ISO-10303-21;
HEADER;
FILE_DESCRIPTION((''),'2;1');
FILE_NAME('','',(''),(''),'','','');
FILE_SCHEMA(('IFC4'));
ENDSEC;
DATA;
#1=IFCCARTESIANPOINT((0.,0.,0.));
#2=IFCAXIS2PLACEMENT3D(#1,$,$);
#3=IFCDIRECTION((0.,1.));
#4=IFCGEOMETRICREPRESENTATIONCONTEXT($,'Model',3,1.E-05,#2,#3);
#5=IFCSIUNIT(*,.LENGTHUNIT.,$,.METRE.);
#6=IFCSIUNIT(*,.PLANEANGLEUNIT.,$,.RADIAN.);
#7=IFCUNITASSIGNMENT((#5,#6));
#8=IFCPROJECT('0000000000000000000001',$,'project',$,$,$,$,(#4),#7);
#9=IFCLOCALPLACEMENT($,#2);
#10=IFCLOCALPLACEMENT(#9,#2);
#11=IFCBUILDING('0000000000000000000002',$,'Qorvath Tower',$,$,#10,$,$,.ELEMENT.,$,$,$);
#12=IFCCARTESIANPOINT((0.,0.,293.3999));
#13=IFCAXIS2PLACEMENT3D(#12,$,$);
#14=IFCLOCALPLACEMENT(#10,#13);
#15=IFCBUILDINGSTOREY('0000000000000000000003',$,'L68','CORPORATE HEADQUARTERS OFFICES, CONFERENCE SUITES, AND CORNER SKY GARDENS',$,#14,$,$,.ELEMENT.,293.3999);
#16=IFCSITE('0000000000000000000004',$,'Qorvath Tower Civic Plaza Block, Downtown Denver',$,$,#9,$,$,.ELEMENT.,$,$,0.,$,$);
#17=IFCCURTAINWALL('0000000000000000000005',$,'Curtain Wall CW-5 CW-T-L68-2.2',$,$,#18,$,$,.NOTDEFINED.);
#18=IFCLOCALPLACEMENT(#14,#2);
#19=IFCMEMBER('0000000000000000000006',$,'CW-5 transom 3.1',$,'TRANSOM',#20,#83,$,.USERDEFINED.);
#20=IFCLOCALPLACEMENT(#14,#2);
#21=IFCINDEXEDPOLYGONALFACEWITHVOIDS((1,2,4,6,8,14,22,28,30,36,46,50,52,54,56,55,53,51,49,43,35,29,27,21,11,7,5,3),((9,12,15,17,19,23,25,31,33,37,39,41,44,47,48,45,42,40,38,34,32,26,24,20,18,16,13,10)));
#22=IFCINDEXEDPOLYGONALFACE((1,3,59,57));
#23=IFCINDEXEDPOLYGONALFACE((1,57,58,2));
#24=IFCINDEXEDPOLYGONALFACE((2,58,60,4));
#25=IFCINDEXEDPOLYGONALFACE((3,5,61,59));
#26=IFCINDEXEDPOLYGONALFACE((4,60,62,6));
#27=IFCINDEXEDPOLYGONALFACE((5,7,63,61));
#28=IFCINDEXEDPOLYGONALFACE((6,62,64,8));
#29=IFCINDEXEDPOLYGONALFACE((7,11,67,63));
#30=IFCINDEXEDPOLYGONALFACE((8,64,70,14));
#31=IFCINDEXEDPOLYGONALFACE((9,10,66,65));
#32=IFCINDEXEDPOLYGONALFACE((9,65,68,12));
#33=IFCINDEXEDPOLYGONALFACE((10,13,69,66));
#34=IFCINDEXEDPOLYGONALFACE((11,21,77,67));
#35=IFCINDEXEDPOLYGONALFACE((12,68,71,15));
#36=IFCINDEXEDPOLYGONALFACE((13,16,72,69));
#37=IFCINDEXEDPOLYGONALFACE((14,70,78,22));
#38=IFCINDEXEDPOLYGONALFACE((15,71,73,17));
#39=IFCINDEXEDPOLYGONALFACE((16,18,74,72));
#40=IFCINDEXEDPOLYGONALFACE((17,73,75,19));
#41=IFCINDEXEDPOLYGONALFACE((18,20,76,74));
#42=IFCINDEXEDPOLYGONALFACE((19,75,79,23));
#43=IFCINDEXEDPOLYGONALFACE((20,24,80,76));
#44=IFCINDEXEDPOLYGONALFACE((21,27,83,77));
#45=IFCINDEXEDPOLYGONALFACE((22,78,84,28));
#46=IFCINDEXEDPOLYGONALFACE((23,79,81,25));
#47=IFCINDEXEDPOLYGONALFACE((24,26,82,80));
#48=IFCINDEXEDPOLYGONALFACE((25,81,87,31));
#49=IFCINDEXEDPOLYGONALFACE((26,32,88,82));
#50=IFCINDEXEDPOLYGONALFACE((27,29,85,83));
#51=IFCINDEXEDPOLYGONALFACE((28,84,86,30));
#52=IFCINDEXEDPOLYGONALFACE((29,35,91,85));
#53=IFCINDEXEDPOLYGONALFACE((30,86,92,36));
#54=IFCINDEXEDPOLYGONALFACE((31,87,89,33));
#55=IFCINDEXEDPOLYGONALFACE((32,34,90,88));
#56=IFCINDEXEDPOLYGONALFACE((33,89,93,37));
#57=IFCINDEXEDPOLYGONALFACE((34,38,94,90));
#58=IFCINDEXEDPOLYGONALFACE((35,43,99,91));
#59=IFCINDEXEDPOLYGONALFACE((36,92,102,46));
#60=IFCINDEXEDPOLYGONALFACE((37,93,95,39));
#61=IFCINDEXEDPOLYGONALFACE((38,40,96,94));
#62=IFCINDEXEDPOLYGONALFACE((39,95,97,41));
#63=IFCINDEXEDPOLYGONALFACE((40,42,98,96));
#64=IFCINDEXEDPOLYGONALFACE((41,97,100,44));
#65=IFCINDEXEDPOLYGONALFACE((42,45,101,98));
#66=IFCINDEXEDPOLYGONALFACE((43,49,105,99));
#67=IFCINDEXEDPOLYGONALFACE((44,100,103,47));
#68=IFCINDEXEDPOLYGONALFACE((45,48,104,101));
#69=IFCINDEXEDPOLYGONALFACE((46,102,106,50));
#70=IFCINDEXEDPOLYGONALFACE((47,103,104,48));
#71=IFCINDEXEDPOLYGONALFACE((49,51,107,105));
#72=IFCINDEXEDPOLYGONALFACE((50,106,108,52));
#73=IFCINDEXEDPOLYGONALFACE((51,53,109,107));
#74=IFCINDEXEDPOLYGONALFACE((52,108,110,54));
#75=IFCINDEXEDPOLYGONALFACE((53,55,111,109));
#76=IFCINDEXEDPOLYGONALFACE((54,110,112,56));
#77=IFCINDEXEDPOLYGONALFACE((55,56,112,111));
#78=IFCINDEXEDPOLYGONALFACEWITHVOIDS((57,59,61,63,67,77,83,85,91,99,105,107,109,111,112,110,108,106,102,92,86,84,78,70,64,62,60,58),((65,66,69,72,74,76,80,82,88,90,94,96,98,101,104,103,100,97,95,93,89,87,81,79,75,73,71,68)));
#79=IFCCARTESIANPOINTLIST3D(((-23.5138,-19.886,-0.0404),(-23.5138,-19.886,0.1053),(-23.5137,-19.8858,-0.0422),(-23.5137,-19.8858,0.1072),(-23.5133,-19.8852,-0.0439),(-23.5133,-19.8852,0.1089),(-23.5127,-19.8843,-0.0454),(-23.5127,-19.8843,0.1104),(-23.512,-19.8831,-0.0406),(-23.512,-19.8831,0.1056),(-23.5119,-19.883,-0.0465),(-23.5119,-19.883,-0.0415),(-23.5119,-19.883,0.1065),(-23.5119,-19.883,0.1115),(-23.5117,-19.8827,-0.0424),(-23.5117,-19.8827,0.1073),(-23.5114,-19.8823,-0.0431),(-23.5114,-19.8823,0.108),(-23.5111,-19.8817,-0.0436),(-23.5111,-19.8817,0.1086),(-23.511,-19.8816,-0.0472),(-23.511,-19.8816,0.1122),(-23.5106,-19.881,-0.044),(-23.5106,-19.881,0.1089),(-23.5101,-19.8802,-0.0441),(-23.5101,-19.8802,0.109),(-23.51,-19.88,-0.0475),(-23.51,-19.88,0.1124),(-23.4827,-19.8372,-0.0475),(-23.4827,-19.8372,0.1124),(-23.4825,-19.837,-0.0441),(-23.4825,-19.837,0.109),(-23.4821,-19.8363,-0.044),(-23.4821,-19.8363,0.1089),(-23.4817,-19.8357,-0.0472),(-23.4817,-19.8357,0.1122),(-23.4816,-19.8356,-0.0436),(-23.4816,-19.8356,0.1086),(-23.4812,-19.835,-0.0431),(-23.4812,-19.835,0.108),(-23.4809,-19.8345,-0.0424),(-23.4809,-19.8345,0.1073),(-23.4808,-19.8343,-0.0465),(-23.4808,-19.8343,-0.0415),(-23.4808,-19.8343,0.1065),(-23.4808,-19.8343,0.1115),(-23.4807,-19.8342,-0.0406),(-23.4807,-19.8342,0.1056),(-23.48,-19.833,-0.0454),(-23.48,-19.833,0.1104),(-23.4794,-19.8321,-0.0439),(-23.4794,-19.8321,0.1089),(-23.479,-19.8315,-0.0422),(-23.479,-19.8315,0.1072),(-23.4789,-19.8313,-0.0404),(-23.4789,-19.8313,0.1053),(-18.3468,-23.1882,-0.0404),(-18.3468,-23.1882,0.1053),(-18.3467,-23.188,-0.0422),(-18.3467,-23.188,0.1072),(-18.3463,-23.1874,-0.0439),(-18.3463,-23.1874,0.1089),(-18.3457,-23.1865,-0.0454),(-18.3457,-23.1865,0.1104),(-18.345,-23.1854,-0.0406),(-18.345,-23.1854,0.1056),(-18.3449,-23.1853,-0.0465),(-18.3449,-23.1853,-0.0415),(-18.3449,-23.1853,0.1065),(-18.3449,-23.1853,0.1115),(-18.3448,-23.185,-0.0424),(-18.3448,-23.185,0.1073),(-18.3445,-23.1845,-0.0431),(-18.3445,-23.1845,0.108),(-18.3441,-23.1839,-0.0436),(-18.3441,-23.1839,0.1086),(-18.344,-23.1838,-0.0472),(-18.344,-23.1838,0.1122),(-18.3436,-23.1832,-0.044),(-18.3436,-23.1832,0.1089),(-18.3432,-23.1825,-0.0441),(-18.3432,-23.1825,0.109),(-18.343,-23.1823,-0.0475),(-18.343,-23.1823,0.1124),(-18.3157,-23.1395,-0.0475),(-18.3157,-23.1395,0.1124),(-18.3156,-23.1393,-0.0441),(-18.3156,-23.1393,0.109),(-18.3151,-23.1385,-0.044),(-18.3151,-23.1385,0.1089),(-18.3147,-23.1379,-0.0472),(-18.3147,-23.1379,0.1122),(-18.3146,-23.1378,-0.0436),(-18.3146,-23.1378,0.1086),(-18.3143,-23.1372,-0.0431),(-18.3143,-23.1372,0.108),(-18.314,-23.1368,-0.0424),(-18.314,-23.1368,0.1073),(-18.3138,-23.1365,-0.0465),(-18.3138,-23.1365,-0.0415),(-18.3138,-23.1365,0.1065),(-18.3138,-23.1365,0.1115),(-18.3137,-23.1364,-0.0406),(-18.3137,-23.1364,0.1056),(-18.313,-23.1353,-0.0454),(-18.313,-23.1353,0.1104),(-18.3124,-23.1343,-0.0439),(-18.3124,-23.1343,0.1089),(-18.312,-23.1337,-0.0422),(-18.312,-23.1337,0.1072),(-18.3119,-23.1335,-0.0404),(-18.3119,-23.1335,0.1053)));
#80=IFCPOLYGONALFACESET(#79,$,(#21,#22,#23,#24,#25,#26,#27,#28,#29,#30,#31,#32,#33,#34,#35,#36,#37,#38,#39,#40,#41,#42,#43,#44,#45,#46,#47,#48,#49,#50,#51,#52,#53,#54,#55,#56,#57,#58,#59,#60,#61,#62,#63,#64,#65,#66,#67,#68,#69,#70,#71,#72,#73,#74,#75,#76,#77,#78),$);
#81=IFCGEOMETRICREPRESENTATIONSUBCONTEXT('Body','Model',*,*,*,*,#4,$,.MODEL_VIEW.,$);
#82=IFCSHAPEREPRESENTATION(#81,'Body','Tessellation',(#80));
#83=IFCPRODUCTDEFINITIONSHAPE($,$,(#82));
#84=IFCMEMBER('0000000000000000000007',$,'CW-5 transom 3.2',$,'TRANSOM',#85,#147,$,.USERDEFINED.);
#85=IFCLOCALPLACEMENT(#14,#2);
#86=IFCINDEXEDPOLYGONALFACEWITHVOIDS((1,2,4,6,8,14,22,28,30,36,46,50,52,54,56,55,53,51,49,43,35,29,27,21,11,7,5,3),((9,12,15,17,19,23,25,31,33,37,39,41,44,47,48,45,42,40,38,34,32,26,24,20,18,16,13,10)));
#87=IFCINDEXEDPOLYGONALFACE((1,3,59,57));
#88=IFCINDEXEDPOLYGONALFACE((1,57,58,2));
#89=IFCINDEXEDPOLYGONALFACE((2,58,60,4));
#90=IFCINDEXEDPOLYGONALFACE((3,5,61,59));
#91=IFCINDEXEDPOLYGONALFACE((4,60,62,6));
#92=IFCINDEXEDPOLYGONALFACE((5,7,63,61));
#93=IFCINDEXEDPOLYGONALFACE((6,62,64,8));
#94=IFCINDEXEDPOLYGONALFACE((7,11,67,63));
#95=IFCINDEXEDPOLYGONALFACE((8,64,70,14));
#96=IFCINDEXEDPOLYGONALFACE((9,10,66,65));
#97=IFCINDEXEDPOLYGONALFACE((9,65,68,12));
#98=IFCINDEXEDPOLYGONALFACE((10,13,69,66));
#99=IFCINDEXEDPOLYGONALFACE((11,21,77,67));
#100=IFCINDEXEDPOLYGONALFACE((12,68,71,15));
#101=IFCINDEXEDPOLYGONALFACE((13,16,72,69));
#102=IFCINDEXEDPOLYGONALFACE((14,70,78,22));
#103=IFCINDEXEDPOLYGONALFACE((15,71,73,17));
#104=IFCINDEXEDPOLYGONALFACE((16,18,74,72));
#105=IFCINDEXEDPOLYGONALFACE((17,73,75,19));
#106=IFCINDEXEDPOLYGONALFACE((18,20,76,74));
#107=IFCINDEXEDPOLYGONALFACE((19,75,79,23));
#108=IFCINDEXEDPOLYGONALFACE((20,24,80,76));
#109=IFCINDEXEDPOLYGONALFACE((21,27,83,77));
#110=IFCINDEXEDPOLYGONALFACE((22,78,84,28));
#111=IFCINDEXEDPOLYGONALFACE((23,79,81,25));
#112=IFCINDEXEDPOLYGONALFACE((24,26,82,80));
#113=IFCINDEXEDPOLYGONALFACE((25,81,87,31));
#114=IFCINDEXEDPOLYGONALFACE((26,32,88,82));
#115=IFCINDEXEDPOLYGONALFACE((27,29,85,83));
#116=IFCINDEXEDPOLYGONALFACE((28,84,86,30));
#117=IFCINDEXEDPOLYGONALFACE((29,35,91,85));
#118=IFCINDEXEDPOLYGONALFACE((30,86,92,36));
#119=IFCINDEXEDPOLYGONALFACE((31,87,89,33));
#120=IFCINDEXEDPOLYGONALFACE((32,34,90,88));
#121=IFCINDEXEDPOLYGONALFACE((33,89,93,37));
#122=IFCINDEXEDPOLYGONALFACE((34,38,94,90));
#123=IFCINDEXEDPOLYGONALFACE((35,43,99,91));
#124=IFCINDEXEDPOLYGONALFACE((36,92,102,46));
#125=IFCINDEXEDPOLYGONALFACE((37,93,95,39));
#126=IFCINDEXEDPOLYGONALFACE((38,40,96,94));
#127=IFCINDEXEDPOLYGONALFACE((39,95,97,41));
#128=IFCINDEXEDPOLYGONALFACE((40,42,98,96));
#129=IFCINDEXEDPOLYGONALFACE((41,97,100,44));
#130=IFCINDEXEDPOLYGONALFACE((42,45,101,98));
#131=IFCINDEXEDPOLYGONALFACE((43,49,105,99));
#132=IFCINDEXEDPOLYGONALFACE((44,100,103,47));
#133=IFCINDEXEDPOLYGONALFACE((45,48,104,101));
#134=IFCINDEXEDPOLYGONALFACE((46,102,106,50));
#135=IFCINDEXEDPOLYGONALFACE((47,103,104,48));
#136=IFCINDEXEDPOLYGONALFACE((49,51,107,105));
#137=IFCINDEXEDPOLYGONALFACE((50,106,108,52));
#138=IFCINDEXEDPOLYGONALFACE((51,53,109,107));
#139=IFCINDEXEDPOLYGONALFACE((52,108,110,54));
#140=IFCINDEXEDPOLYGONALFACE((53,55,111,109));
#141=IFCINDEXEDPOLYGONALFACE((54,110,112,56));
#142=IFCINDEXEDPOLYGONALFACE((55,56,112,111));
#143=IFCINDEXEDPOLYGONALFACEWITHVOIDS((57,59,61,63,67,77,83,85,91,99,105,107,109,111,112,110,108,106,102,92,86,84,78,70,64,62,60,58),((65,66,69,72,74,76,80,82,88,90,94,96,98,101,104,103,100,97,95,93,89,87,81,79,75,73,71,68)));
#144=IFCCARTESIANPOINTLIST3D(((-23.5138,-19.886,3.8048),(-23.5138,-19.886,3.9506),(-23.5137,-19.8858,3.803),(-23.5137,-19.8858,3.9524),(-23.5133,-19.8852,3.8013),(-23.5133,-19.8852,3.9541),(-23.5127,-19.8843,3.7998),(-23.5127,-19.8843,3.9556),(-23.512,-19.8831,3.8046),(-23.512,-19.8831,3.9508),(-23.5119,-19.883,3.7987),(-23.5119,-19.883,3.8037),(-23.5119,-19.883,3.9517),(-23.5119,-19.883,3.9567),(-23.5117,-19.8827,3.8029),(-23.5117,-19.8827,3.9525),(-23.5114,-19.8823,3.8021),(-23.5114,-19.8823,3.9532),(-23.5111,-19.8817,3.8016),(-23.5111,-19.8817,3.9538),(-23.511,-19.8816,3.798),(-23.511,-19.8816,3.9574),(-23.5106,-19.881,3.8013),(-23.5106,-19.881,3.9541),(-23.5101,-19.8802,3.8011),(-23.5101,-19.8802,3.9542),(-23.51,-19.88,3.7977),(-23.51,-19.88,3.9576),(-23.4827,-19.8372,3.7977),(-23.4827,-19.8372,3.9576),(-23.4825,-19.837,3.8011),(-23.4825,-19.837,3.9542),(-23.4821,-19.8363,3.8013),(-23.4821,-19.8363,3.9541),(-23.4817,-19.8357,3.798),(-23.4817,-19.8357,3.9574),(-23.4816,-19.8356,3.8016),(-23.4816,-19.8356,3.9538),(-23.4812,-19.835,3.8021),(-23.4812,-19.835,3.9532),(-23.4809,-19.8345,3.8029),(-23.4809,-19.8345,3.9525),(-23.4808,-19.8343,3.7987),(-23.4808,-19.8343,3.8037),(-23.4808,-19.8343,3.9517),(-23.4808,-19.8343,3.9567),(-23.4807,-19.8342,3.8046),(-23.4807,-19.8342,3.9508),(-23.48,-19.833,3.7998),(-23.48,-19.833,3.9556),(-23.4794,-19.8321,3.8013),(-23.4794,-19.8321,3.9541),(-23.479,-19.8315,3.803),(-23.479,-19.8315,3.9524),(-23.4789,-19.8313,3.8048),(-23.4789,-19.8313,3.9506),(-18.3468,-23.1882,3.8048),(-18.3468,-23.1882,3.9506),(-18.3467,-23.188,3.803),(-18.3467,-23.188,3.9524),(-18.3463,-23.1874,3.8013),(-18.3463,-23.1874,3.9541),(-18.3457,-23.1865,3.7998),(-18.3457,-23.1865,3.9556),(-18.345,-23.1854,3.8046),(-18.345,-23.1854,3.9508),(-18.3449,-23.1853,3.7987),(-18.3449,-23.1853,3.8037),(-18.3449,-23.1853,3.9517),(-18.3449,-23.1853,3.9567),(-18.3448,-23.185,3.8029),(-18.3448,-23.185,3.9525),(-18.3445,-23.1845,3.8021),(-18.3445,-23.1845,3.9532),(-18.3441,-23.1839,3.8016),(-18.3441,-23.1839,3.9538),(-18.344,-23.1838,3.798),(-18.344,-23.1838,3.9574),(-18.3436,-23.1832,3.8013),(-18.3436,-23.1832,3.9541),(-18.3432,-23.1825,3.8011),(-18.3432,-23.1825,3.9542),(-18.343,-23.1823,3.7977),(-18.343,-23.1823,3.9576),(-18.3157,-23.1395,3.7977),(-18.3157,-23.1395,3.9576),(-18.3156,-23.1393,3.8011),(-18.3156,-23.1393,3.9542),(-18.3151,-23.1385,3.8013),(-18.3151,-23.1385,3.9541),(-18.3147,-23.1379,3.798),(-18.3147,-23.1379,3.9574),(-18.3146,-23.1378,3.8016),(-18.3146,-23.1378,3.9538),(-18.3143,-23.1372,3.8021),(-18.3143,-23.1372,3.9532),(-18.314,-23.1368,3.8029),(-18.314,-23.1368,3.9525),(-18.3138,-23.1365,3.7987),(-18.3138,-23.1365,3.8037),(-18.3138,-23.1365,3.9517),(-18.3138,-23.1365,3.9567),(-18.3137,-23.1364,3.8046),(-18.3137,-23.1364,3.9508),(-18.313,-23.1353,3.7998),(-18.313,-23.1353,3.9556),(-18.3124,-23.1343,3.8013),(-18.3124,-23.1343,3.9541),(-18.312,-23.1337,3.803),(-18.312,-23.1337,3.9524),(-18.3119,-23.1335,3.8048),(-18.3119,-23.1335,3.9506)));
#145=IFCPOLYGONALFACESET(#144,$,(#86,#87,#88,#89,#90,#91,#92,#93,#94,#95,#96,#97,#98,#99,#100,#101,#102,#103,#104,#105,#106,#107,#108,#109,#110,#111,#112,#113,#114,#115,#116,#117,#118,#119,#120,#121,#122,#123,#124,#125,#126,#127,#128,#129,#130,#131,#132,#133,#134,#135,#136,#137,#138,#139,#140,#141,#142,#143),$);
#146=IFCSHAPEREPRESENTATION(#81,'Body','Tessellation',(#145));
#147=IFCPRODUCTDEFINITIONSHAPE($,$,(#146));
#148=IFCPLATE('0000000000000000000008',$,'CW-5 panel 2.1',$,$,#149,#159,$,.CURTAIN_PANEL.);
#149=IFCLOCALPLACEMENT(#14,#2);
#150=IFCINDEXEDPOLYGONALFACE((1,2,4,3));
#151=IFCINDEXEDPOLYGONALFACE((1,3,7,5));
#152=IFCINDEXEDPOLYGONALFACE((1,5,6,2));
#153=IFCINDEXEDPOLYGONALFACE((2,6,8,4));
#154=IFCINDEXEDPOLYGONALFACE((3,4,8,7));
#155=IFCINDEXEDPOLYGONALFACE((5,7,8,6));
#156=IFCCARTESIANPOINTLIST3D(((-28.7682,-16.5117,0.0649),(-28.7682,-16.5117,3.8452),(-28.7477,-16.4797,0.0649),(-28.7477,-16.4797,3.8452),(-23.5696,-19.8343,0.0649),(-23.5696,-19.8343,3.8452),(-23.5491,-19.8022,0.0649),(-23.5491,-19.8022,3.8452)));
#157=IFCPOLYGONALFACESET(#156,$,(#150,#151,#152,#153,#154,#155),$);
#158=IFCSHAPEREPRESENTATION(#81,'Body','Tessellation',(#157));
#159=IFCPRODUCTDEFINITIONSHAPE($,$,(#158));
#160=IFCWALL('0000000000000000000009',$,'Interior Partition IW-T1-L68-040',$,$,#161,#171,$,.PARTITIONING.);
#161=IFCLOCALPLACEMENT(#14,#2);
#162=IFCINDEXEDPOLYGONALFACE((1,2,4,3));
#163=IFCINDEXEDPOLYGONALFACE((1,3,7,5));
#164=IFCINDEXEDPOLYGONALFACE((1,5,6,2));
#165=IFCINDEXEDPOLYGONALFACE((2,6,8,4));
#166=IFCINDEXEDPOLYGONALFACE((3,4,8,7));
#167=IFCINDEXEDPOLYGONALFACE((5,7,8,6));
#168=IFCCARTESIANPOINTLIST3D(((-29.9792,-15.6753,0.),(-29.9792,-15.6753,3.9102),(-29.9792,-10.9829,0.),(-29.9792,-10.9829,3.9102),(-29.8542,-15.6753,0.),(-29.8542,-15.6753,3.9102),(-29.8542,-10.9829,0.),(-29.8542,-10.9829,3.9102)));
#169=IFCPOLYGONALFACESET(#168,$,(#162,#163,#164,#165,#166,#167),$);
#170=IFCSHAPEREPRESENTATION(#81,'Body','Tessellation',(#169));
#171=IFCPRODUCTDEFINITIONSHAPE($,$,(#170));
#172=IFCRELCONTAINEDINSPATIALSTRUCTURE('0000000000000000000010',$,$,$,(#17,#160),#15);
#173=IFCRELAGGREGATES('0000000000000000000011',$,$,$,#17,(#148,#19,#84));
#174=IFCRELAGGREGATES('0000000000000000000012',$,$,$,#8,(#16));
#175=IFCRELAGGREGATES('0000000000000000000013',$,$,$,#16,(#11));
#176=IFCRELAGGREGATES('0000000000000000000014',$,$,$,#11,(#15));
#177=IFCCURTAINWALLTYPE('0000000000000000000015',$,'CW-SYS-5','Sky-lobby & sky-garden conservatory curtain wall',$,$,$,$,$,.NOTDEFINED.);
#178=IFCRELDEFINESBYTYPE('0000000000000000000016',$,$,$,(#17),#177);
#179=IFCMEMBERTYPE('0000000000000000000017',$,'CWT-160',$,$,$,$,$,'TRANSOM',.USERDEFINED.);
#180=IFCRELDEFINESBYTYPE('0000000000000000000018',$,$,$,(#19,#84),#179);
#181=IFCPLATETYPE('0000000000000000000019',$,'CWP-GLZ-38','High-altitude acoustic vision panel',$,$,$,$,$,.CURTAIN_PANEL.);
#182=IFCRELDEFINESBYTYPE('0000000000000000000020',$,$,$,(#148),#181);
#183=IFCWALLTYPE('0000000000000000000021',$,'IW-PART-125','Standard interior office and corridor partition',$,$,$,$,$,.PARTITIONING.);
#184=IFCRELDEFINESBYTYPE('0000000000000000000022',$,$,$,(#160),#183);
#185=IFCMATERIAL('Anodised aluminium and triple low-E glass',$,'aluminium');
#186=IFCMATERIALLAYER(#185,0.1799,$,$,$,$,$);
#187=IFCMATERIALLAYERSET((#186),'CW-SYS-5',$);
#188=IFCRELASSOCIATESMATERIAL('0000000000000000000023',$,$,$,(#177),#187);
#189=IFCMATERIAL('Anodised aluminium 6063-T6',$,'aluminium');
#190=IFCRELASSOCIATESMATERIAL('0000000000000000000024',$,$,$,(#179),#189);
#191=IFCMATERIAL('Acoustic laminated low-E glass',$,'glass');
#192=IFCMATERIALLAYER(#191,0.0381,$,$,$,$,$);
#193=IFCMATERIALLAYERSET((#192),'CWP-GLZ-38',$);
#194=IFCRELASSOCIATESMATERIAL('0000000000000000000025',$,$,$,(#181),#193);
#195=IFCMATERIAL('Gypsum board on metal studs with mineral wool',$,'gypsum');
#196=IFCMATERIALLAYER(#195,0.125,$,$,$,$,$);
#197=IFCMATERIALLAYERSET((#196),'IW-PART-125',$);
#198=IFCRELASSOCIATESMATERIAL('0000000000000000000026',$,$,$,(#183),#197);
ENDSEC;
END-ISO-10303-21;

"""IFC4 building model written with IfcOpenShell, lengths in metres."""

from ifc_helpers import new_model, si_unit, direction, frame, frame_2d, origin, origin_2d, place, context, subcontext, project, spatial, rectangle, hollow_rectangle, extrude, material, layer, layer_set, material_profile, profile_set, type_object, element, aggregate, save


model = new_model("IFC4")

# Units and contexts
model_context = context("Model", 3, precision=1e-05, world=origin(), true_north=direction((0.0, 1.0)))
body_context = subcontext(model_context, "Body", "Model", "MODEL_VIEW")
ifc_project = project(units=[si_unit("LENGTHUNIT", "METRE"), si_unit("PLANEANGLEUNIT", "RADIAN")], contexts=[model_context])

# Site, building, storey
site_placement = place(None, origin())
site = spatial("IfcSite", under=ifc_project, at=site_placement, Name="Qorvath Tower Civic Plaza Block, Downtown Denver", CompositionType="ELEMENT", RefElevation=0.0)
building_placement = place(site_placement, origin())
building = spatial("IfcBuilding", under=site, at=building_placement, Name="Qorvath Tower", CompositionType="ELEMENT")
storey_placement = place(building_placement, frame((0.0, 0.0, 293.3999)))
storey = spatial("IfcBuildingStorey", under=building, at=storey_placement, Name="L68", Description="CORPORATE HEADQUARTERS OFFICES, CONFERENCE SUITES, AND CORNER SKY GARDENS", CompositionType="ELEMENT", Elevation=293.3999)

# Curtain wall, members, plate
ifc_material_1 = material(Name="Anodised aluminium and triple low-E glass", Category="aluminium")
ifc_layer_1 = layer(ifc_material_1, 0.1799)
ifc_layer_set_1 = layer_set([ifc_layer_1], Name="CW-SYS-5")
curtain_wall_type = type_object("IfcCurtainWallType", Name="CW-SYS-5", Description="Sky-lobby & sky-garden conservatory curtain wall", PredefinedType="NOTDEFINED", material=ifc_layer_set_1)
curtain_wall_placement = place(storey_placement, origin())
curtain_wall = element("IfcCurtainWall", 1, at=curtain_wall_placement, inside=storey, type_object=curtain_wall_type, Name="Curtain Wall CW-5 CW-T-L68-2.2", PredefinedType="NOTDEFINED")
ifc_material_2 = material(Name="Anodised aluminium 6063-T6", Category="aluminium")
ifc_material_profile_1 = material_profile(ifc_material_2, hollow_rectangle(XDim=0.0649, YDim=0.1599, WallThickness=0.0034, InnerFilletRadius=0.0034, OuterFilletRadius=0.0071, at=origin_2d()), Name="CWT 160x65")
ifc_profile_set_1 = profile_set([ifc_material_profile_1], Name="Anodised aluminium 6063-T6")
member_type_1 = type_object("IfcMemberType", Name="CWT-160", ElementType="TRANSOM", PredefinedType="USERDEFINED", material=ifc_profile_set_1)
member_1_placement = place(storey_placement, frame((-23.4963, -19.8586, 0.0325), z_axis=(0.842614, -0.538518, 0.0), x_axis=(0.538518, 0.842614, 0.0)))
member_1 = element("IfcMember", 2, at=member_1_placement, type_object=member_type_1, Name="CW-5 transom 3.1", ObjectType="TRANSOM", PredefinedType="USERDEFINED", context=body_context, shape_type="SweptSolid", body=[
    extrude(hollow_rectangle(XDim=0.0649, YDim=0.1599, WallThickness=0.0034, InnerFilletRadius=0.0034, OuterFilletRadius=0.0071, at=origin_2d()), origin(), (0.0, 0.0, 1.0), 6.1321),
])
member_2_placement = place(storey_placement, frame((-23.4963, -19.8586, 3.8777), z_axis=(0.842614, -0.538518, 0.0), x_axis=(0.538518, 0.842614, 0.0)))
member_2 = element("IfcMember", 3, at=member_2_placement, type_object=member_type_1, Name="CW-5 transom 3.2", ObjectType="TRANSOM", PredefinedType="USERDEFINED", context=body_context, shape_type="SweptSolid", body=[
    extrude(hollow_rectangle(XDim=0.0649, YDim=0.1599, WallThickness=0.0034, InnerFilletRadius=0.0034, OuterFilletRadius=0.0071, at=origin_2d()), origin(), (0.0, 0.0, 1.0), 6.1321),
])
ifc_material_3 = material(Name="Acoustic laminated low-E glass", Category="glass")
ifc_layer_2 = layer(ifc_material_3, 0.0381)
ifc_layer_set_2 = layer_set([ifc_layer_2], Name="CWP-GLZ-38")
plate_type = type_object("IfcPlateType", Name="CWP-GLZ-38", Description="High-altitude acoustic vision panel", PredefinedType="CURTAIN_PANEL", material=ifc_layer_set_2)
plate_placement = place(storey_placement, frame((-26.1587, -18.157, 0.0649), z_axis=(0.0, 0.0, 1.0), x_axis=(0.842605, -0.538533, 0.0)))
plate = element("IfcPlate", 4, at=plate_placement, type_object=plate_type, Name="CW-5 panel 2.1", PredefinedType="CURTAIN_PANEL", context=body_context, shape_type="SweptSolid", body=[
    extrude(rectangle(XDim=6.1697, YDim=0.0381, at=origin_2d()), origin(), (0.0, 0.0, 1.0), 3.7803),
])
aggregate(curtain_wall, [plate, member_1, member_2])

# Wall
ifc_material_4 = material(Name="Gypsum board on metal studs with mineral wool", Category="gypsum")
ifc_layer_3 = layer(ifc_material_4, 0.125)
ifc_layer_set_3 = layer_set([ifc_layer_3], Name="IW-PART-125")
wall_type_1 = type_object("IfcWallType", Name="IW-PART-125", Description="Standard interior office and corridor partition", PredefinedType="PARTITIONING", material=ifc_layer_set_3)
wall_1_placement = place(storey_placement, frame((-29.9167, -15.6753, 0.0), z_axis=(0.0, 0.0, 1.0), x_axis=(0.0, 1.0, 0.0)))
element("IfcWall", 5, at=wall_1_placement, inside=storey, type_object=wall_type_1, Name="Interior Partition IW-T1-L68-040", PredefinedType="PARTITIONING", context=body_context, shape_type="SweptSolid", body=[
    extrude(rectangle(XDim=4.6924, YDim=0.125, at=frame_2d((2.3462, 0.0))), origin(), (0.0, 0.0, 1.0), 3.9102),
])

save(model, "model.ifc")
